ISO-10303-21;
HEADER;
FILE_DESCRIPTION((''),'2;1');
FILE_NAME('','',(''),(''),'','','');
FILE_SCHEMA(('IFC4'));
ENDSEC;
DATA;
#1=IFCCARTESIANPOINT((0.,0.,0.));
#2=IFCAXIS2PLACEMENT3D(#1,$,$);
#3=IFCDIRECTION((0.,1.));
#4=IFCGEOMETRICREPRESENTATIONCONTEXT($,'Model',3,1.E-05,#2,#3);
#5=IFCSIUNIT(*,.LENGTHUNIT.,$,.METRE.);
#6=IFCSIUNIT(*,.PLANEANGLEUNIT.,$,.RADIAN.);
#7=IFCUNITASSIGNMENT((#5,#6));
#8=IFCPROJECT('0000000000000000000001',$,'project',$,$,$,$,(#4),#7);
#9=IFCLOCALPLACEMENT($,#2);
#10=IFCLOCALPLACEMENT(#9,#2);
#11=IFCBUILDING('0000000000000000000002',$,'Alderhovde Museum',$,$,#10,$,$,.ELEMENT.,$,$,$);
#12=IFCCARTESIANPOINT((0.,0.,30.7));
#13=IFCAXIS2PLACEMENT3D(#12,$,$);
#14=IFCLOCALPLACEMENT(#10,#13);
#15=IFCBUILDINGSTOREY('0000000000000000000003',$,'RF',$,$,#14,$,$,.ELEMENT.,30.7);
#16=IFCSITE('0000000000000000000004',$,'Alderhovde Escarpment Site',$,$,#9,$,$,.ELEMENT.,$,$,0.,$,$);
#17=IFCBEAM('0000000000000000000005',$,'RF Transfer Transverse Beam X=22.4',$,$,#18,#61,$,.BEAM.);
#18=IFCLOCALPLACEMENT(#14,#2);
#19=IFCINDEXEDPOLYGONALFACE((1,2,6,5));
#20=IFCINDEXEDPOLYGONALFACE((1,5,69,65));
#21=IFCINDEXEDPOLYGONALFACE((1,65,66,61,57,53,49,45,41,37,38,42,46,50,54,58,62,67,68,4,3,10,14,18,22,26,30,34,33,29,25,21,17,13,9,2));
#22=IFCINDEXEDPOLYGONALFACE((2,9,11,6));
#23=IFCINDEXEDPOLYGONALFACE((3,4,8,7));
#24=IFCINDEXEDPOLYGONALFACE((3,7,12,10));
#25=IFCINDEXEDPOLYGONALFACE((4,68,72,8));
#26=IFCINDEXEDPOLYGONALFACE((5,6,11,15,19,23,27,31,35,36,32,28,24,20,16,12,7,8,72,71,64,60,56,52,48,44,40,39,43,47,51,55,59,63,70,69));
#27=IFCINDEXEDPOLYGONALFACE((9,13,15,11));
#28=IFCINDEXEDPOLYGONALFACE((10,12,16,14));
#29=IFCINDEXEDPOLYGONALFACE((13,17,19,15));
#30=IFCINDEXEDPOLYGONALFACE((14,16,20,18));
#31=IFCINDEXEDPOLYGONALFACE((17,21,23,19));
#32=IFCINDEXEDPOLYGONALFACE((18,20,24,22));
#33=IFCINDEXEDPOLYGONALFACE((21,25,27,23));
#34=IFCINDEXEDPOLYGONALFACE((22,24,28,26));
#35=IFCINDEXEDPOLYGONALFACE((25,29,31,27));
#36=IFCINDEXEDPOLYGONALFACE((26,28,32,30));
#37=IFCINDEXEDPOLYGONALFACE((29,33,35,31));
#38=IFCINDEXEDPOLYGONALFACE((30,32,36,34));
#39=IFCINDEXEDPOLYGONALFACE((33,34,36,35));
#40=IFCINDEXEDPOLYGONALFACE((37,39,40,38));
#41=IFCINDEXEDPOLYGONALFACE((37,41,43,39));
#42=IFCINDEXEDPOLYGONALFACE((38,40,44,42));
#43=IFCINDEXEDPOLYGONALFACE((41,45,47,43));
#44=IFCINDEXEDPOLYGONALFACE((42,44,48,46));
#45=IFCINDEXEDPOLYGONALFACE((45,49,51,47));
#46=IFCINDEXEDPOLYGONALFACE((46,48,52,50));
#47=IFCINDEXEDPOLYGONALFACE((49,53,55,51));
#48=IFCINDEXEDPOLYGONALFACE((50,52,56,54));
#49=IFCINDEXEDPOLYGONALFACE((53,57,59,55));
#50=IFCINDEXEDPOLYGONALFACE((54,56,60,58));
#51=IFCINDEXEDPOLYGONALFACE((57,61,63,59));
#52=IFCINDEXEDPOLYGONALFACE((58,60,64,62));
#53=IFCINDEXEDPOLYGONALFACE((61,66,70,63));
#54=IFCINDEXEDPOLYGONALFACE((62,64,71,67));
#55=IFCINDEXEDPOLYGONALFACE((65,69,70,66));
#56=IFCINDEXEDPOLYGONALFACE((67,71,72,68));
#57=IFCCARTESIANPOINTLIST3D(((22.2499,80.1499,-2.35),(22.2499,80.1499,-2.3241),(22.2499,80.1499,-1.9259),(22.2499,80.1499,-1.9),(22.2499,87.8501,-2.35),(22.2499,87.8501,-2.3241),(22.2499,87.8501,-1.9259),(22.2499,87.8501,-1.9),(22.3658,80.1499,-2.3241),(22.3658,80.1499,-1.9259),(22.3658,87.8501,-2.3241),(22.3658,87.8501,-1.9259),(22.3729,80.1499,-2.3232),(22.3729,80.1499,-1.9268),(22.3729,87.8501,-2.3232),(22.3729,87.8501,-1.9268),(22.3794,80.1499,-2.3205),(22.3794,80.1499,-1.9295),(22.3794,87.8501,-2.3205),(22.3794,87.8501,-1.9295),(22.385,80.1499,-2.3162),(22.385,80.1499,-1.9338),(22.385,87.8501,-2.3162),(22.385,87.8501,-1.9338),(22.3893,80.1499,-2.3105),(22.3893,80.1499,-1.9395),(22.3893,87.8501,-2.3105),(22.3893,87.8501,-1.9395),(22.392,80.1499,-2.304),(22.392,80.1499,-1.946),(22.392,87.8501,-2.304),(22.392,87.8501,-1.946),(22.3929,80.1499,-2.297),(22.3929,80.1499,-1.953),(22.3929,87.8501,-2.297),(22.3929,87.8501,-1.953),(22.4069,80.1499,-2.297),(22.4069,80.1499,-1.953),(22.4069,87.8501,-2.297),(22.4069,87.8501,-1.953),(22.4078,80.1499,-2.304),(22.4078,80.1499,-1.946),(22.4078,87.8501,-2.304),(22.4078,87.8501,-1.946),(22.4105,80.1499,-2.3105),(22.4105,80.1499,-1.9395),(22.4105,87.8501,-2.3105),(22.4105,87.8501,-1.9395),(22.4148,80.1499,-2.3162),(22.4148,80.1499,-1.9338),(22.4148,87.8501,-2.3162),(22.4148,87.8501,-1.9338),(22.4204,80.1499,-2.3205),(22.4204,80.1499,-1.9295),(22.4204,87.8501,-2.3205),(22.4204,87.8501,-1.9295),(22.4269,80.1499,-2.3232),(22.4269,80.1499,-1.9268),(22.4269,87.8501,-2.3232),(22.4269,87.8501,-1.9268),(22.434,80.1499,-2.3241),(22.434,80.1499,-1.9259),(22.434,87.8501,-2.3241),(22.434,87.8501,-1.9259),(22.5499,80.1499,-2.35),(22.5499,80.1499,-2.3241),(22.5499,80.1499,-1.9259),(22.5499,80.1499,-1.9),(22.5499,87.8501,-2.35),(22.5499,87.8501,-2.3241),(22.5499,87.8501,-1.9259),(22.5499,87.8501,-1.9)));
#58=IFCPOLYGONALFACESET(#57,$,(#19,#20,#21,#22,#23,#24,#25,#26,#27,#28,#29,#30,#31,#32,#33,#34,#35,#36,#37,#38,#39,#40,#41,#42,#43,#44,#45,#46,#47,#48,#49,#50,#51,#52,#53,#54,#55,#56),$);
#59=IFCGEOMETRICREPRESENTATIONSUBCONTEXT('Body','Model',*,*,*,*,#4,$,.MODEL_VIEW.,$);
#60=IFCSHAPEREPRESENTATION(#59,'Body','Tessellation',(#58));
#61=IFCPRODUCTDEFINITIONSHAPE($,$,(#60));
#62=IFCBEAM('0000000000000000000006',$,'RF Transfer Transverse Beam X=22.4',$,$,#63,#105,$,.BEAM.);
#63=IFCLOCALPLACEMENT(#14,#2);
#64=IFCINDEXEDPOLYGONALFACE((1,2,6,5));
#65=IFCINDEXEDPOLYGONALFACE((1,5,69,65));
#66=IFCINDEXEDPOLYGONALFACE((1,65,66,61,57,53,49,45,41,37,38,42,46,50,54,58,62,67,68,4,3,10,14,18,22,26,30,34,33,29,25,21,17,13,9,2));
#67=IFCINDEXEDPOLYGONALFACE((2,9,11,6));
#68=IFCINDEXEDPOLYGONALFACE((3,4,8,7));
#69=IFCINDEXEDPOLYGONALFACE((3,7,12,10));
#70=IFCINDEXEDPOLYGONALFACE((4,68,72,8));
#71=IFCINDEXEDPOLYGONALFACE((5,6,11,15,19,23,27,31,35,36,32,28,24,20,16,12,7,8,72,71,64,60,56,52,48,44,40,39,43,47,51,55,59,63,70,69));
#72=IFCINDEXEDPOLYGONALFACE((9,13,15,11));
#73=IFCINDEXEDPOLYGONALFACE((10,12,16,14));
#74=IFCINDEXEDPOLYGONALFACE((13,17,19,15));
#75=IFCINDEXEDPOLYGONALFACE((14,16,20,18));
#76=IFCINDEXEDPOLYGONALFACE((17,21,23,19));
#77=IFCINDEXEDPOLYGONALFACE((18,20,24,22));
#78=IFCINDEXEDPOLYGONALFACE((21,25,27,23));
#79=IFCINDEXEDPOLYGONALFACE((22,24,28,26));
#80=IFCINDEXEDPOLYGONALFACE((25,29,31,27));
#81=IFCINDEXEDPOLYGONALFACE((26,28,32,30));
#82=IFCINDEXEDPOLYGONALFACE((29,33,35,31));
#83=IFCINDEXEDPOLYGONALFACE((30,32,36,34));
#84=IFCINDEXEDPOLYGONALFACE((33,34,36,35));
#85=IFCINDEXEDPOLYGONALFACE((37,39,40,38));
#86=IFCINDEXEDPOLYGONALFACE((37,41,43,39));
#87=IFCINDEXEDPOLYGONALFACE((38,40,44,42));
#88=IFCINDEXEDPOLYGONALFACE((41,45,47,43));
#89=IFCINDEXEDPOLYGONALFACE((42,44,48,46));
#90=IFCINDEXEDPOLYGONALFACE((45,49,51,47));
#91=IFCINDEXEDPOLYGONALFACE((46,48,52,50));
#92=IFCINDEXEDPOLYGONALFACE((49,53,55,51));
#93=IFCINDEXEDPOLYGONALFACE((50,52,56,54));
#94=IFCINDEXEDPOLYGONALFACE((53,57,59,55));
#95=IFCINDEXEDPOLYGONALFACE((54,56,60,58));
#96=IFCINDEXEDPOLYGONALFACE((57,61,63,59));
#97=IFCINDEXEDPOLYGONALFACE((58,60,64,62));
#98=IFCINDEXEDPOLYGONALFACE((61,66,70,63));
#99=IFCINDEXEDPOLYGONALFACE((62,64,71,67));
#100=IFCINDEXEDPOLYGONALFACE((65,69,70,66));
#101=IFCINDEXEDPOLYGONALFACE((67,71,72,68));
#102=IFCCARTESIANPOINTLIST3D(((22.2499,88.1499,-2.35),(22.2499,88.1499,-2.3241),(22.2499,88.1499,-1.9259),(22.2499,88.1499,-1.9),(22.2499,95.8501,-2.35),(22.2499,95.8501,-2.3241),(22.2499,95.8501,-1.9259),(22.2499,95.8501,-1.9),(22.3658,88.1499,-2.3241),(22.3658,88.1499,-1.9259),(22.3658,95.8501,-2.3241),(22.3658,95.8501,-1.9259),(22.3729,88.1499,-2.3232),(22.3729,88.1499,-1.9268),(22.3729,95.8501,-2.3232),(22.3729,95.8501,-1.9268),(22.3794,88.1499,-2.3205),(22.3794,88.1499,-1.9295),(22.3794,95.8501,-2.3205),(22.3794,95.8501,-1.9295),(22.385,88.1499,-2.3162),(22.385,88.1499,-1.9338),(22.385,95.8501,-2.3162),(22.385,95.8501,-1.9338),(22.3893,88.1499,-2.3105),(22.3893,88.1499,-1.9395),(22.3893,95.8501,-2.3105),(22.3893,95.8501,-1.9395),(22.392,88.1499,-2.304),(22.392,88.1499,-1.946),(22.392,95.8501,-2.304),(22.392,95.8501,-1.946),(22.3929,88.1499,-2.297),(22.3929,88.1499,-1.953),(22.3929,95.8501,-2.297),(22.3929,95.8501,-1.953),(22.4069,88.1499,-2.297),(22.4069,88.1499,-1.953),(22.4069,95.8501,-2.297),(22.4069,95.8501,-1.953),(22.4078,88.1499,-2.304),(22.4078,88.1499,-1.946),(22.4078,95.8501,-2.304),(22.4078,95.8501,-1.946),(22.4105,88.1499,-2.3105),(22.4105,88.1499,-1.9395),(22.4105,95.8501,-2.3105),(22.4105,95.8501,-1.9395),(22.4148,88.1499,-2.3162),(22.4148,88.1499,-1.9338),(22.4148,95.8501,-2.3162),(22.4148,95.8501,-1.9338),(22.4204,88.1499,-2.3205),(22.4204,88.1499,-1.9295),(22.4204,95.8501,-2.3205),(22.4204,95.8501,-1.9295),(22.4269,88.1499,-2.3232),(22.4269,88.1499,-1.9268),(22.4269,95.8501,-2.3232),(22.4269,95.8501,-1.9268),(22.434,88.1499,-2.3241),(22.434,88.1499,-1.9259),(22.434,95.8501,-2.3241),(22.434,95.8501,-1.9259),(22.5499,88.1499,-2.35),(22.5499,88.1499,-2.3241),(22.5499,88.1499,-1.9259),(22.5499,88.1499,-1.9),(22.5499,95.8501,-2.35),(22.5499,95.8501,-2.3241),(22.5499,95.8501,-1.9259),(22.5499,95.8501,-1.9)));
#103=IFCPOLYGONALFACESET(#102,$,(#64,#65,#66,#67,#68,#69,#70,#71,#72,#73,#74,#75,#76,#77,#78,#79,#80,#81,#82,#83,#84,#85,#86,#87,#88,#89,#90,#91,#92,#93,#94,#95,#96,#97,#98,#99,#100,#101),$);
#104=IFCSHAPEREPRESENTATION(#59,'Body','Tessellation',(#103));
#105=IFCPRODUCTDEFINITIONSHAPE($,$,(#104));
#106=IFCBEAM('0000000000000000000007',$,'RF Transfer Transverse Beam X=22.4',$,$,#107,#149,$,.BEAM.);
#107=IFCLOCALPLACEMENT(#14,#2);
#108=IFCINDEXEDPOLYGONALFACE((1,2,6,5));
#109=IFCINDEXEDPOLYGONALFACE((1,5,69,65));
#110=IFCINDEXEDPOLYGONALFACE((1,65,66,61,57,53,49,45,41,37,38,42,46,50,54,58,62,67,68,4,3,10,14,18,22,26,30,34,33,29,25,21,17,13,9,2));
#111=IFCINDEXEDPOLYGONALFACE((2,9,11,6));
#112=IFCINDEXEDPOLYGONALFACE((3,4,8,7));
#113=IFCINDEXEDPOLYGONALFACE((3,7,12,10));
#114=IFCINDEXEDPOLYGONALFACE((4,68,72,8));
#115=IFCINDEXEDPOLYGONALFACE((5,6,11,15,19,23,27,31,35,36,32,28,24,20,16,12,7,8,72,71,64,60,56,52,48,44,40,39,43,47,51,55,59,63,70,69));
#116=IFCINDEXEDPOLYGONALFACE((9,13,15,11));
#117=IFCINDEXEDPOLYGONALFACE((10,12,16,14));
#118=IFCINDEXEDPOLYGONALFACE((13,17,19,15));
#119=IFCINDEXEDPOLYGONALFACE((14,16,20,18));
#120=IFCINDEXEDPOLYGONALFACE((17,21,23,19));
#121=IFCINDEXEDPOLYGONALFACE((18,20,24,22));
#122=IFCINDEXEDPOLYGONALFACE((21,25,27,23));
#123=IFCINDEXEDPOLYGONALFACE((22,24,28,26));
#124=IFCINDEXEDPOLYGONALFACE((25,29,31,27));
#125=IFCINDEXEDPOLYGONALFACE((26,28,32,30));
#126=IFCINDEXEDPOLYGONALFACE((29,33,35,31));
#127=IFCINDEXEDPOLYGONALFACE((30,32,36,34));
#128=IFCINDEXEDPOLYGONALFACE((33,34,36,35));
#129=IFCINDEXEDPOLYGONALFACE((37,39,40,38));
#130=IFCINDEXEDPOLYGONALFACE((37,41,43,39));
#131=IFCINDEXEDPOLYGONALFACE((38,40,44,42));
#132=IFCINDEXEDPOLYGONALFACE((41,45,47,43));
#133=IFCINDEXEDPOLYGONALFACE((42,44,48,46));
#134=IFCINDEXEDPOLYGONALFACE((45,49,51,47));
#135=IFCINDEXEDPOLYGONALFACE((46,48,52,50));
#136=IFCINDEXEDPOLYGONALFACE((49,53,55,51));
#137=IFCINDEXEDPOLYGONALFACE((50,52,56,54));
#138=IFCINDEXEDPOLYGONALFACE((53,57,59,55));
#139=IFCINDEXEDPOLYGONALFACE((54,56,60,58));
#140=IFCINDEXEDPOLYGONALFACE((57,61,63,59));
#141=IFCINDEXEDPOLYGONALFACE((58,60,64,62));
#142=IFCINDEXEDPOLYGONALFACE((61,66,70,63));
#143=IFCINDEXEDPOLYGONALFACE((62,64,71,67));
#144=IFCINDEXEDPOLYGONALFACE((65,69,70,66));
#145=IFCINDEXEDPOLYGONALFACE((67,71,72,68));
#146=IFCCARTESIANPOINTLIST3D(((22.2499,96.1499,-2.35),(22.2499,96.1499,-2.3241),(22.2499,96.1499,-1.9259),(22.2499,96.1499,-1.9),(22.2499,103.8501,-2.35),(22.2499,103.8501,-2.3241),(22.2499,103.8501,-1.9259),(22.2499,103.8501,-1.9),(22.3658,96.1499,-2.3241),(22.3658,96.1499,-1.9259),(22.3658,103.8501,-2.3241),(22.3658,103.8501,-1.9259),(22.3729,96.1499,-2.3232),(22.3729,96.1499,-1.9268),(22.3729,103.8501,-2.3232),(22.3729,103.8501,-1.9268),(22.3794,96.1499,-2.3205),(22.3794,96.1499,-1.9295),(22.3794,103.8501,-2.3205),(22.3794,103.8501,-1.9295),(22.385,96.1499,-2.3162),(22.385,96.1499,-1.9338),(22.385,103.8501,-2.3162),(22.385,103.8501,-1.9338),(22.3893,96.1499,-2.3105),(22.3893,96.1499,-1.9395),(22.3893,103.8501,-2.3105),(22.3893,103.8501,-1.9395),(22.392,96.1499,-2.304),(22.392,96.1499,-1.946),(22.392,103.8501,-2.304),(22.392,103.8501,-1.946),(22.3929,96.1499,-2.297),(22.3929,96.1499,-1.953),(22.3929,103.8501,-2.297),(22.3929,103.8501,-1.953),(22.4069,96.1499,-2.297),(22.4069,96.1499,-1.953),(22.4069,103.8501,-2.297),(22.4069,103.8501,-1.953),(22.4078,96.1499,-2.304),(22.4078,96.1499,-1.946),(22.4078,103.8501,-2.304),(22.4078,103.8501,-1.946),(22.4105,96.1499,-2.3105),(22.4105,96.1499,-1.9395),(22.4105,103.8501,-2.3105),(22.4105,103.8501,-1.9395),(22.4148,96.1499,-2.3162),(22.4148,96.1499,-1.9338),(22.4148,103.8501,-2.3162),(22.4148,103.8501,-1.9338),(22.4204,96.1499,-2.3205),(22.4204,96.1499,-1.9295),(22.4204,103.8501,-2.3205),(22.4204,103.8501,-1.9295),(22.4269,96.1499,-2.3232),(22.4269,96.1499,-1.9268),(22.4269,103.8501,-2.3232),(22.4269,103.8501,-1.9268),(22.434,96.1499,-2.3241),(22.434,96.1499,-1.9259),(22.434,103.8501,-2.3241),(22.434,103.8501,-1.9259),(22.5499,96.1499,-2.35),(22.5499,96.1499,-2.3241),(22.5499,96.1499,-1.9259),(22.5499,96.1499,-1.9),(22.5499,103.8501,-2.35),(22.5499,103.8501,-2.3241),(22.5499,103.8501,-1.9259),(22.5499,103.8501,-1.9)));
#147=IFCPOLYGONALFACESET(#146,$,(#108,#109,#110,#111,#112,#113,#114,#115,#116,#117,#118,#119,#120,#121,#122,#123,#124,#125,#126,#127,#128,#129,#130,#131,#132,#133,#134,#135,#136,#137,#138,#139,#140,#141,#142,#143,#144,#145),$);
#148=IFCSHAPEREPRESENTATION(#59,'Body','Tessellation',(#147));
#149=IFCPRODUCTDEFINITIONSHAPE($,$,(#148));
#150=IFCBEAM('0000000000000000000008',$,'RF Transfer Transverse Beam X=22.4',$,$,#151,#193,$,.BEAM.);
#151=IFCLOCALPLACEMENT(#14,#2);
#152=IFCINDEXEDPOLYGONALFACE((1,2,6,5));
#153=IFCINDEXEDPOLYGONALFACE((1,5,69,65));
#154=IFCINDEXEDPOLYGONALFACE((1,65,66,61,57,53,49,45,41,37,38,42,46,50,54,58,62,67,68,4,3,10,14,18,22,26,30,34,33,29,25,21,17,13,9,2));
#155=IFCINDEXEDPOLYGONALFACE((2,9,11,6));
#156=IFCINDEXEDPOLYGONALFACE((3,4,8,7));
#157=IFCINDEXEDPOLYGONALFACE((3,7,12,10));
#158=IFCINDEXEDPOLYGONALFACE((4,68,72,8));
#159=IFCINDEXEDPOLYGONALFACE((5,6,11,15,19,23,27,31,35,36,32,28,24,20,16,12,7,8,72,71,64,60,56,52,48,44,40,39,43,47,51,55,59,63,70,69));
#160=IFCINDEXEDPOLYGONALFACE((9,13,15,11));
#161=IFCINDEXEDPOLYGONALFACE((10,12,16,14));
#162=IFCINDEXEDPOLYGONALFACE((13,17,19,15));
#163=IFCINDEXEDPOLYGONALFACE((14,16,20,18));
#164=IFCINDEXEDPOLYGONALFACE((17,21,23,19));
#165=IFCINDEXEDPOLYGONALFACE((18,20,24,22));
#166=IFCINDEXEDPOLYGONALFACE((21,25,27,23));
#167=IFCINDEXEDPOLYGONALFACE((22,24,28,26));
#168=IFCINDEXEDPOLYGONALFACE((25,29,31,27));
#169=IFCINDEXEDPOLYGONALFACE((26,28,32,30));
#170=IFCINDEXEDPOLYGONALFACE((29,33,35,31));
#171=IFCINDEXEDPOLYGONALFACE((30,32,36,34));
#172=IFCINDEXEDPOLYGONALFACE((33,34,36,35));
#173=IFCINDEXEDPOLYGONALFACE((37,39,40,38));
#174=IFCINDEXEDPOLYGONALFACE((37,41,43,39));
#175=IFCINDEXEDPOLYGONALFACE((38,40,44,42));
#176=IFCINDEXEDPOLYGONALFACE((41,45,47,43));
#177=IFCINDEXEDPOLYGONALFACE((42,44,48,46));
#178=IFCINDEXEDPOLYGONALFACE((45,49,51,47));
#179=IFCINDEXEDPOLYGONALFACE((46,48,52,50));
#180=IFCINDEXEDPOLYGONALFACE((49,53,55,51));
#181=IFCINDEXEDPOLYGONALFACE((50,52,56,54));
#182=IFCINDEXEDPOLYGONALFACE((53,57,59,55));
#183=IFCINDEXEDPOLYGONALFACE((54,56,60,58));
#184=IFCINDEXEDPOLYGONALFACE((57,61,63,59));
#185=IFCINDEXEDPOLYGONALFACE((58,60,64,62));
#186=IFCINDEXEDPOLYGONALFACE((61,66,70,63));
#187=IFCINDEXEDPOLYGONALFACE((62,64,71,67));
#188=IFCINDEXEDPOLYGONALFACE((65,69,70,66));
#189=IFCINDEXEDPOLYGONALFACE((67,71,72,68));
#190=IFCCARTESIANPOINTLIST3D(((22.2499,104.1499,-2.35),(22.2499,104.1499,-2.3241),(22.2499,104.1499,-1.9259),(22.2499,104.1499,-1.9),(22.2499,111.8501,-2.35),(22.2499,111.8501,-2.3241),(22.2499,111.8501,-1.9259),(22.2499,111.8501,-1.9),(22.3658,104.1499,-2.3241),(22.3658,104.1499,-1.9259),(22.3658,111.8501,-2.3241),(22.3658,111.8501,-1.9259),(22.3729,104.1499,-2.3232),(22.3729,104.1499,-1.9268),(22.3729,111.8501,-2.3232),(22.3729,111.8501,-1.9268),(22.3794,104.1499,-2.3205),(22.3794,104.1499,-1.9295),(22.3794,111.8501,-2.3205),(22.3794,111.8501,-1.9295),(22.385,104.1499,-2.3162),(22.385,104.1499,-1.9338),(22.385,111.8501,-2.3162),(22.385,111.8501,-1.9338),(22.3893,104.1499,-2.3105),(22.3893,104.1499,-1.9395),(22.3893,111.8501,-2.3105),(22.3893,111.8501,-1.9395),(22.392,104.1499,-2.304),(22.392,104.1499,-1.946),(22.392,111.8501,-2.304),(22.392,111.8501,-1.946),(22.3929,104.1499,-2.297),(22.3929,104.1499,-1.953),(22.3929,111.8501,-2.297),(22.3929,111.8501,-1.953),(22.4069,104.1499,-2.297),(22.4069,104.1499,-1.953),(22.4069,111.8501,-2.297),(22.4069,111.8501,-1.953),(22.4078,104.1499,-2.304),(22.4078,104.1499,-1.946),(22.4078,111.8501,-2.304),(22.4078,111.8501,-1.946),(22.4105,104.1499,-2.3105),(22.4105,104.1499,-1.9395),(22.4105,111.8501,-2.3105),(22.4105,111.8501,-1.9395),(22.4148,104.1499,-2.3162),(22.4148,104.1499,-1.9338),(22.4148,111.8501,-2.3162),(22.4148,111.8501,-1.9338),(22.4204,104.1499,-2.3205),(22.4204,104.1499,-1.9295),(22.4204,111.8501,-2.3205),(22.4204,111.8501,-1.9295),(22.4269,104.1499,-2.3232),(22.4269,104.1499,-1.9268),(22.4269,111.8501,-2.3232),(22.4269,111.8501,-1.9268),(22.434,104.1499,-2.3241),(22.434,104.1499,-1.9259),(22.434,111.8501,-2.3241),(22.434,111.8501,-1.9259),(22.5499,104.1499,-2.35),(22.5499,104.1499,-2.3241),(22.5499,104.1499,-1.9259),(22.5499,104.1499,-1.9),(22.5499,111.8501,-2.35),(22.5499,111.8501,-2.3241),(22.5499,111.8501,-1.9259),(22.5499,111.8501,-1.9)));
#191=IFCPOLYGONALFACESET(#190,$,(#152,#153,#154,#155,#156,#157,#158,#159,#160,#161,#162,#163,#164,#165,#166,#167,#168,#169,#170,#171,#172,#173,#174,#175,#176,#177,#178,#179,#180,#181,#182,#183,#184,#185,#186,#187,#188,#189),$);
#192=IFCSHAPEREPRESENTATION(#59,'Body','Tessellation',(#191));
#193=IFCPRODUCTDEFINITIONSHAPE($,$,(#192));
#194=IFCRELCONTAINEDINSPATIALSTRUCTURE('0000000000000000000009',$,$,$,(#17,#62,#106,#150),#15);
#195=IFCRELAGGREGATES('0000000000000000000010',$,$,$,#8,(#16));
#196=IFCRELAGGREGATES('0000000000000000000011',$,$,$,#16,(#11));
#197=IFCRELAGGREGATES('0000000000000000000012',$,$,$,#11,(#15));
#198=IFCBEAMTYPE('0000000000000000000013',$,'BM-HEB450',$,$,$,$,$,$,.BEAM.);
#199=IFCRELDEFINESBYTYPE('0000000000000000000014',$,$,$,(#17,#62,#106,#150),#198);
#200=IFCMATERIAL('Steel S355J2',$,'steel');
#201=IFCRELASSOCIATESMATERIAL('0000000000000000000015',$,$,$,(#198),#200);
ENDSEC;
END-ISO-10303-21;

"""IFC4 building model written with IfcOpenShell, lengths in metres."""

from ifc_helpers import new_model, si_unit, direction, frame, origin, origin_2d, place, context, subcontext, project, spatial, i_section, extrude, material, material_profile, profile_set, type_object, element, save


model = new_model("IFC4")

# Units and contexts
model_context = context("Model", 3, precision=1e-05, world=origin(), true_north=direction((0.0, 1.0)))
body_context = subcontext(model_context, "Body", "Model", "MODEL_VIEW")
ifc_project = project(units=[si_unit("LENGTHUNIT", "METRE"), si_unit("PLANEANGLEUNIT", "RADIAN")], contexts=[model_context])

# Site, building, storey
site_placement = place(None, origin())
site = spatial("IfcSite", under=ifc_project, at=site_placement, Name="Alderhovde Escarpment Site", CompositionType="ELEMENT", RefElevation=0.0)
building_placement = place(site_placement, origin())
building = spatial("IfcBuilding", under=site, at=building_placement, Name="Alderhovde Museum", CompositionType="ELEMENT")
storey_placement = place(building_placement, frame((0.0, 0.0, 30.7)))
storey = spatial("IfcBuildingStorey", under=building, at=storey_placement, Name="RF", CompositionType="ELEMENT", Elevation=30.7)

# Beams
ifc_material_1 = material(Name="Steel S355J2", Category="steel")
ifc_material_profile = material_profile(ifc_material_1, i_section(OverallWidth=0.3, OverallDepth=0.45, WebThickness=0.0139, FlangeThickness=0.0259, FilletRadius=0.0271, at=origin_2d()), Name="HEB 450")
ifc_profile_set = profile_set([ifc_material_profile], Name="Steel S355J2")
beam_type = type_object("IfcBeamType", Name="BM-HEB450", PredefinedType="BEAM", material=ifc_profile_set)
for number, where, z_axis, x_axis, name in (
    (1, (22.3999, 80.1499, -2.125), (0.0, 1.0, 0.0), (-1.0, 0.0, 0.0), "RF Transfer Transverse Beam X=22.4"),
    (2, (22.3999, 88.1499, -2.125), (0.0, 1.0, 0.0), (-1.0, 0.0, 0.0), "RF Transfer Transverse Beam X=22.4"),
    (3, (22.3999, 96.1499, -2.125), (0.0, 1.0, 0.0), (-1.0, 0.0, 0.0), "RF Transfer Transverse Beam X=22.4"),
    (4, (22.3999, 104.1499, -2.125), (0.0, 1.0, 0.0), (-1.0, 0.0, 0.0), "RF Transfer Transverse Beam X=22.4"),
):
    element("IfcBeam", number, at=place(storey_placement, frame(where, z_axis=z_axis, x_axis=x_axis)), inside=storey, type_object=beam_type, Name=name, PredefinedType="BEAM", context=body_context, shape_type="SweptSolid", body=[
        extrude(i_section(OverallWidth=0.3, OverallDepth=0.45, WebThickness=0.0139, FlangeThickness=0.0259, FilletRadius=0.0271, at=origin_2d()), origin(), (0.0, 0.0, 1.0), 7.7002),
    ])

save(model, "model.ifc")
